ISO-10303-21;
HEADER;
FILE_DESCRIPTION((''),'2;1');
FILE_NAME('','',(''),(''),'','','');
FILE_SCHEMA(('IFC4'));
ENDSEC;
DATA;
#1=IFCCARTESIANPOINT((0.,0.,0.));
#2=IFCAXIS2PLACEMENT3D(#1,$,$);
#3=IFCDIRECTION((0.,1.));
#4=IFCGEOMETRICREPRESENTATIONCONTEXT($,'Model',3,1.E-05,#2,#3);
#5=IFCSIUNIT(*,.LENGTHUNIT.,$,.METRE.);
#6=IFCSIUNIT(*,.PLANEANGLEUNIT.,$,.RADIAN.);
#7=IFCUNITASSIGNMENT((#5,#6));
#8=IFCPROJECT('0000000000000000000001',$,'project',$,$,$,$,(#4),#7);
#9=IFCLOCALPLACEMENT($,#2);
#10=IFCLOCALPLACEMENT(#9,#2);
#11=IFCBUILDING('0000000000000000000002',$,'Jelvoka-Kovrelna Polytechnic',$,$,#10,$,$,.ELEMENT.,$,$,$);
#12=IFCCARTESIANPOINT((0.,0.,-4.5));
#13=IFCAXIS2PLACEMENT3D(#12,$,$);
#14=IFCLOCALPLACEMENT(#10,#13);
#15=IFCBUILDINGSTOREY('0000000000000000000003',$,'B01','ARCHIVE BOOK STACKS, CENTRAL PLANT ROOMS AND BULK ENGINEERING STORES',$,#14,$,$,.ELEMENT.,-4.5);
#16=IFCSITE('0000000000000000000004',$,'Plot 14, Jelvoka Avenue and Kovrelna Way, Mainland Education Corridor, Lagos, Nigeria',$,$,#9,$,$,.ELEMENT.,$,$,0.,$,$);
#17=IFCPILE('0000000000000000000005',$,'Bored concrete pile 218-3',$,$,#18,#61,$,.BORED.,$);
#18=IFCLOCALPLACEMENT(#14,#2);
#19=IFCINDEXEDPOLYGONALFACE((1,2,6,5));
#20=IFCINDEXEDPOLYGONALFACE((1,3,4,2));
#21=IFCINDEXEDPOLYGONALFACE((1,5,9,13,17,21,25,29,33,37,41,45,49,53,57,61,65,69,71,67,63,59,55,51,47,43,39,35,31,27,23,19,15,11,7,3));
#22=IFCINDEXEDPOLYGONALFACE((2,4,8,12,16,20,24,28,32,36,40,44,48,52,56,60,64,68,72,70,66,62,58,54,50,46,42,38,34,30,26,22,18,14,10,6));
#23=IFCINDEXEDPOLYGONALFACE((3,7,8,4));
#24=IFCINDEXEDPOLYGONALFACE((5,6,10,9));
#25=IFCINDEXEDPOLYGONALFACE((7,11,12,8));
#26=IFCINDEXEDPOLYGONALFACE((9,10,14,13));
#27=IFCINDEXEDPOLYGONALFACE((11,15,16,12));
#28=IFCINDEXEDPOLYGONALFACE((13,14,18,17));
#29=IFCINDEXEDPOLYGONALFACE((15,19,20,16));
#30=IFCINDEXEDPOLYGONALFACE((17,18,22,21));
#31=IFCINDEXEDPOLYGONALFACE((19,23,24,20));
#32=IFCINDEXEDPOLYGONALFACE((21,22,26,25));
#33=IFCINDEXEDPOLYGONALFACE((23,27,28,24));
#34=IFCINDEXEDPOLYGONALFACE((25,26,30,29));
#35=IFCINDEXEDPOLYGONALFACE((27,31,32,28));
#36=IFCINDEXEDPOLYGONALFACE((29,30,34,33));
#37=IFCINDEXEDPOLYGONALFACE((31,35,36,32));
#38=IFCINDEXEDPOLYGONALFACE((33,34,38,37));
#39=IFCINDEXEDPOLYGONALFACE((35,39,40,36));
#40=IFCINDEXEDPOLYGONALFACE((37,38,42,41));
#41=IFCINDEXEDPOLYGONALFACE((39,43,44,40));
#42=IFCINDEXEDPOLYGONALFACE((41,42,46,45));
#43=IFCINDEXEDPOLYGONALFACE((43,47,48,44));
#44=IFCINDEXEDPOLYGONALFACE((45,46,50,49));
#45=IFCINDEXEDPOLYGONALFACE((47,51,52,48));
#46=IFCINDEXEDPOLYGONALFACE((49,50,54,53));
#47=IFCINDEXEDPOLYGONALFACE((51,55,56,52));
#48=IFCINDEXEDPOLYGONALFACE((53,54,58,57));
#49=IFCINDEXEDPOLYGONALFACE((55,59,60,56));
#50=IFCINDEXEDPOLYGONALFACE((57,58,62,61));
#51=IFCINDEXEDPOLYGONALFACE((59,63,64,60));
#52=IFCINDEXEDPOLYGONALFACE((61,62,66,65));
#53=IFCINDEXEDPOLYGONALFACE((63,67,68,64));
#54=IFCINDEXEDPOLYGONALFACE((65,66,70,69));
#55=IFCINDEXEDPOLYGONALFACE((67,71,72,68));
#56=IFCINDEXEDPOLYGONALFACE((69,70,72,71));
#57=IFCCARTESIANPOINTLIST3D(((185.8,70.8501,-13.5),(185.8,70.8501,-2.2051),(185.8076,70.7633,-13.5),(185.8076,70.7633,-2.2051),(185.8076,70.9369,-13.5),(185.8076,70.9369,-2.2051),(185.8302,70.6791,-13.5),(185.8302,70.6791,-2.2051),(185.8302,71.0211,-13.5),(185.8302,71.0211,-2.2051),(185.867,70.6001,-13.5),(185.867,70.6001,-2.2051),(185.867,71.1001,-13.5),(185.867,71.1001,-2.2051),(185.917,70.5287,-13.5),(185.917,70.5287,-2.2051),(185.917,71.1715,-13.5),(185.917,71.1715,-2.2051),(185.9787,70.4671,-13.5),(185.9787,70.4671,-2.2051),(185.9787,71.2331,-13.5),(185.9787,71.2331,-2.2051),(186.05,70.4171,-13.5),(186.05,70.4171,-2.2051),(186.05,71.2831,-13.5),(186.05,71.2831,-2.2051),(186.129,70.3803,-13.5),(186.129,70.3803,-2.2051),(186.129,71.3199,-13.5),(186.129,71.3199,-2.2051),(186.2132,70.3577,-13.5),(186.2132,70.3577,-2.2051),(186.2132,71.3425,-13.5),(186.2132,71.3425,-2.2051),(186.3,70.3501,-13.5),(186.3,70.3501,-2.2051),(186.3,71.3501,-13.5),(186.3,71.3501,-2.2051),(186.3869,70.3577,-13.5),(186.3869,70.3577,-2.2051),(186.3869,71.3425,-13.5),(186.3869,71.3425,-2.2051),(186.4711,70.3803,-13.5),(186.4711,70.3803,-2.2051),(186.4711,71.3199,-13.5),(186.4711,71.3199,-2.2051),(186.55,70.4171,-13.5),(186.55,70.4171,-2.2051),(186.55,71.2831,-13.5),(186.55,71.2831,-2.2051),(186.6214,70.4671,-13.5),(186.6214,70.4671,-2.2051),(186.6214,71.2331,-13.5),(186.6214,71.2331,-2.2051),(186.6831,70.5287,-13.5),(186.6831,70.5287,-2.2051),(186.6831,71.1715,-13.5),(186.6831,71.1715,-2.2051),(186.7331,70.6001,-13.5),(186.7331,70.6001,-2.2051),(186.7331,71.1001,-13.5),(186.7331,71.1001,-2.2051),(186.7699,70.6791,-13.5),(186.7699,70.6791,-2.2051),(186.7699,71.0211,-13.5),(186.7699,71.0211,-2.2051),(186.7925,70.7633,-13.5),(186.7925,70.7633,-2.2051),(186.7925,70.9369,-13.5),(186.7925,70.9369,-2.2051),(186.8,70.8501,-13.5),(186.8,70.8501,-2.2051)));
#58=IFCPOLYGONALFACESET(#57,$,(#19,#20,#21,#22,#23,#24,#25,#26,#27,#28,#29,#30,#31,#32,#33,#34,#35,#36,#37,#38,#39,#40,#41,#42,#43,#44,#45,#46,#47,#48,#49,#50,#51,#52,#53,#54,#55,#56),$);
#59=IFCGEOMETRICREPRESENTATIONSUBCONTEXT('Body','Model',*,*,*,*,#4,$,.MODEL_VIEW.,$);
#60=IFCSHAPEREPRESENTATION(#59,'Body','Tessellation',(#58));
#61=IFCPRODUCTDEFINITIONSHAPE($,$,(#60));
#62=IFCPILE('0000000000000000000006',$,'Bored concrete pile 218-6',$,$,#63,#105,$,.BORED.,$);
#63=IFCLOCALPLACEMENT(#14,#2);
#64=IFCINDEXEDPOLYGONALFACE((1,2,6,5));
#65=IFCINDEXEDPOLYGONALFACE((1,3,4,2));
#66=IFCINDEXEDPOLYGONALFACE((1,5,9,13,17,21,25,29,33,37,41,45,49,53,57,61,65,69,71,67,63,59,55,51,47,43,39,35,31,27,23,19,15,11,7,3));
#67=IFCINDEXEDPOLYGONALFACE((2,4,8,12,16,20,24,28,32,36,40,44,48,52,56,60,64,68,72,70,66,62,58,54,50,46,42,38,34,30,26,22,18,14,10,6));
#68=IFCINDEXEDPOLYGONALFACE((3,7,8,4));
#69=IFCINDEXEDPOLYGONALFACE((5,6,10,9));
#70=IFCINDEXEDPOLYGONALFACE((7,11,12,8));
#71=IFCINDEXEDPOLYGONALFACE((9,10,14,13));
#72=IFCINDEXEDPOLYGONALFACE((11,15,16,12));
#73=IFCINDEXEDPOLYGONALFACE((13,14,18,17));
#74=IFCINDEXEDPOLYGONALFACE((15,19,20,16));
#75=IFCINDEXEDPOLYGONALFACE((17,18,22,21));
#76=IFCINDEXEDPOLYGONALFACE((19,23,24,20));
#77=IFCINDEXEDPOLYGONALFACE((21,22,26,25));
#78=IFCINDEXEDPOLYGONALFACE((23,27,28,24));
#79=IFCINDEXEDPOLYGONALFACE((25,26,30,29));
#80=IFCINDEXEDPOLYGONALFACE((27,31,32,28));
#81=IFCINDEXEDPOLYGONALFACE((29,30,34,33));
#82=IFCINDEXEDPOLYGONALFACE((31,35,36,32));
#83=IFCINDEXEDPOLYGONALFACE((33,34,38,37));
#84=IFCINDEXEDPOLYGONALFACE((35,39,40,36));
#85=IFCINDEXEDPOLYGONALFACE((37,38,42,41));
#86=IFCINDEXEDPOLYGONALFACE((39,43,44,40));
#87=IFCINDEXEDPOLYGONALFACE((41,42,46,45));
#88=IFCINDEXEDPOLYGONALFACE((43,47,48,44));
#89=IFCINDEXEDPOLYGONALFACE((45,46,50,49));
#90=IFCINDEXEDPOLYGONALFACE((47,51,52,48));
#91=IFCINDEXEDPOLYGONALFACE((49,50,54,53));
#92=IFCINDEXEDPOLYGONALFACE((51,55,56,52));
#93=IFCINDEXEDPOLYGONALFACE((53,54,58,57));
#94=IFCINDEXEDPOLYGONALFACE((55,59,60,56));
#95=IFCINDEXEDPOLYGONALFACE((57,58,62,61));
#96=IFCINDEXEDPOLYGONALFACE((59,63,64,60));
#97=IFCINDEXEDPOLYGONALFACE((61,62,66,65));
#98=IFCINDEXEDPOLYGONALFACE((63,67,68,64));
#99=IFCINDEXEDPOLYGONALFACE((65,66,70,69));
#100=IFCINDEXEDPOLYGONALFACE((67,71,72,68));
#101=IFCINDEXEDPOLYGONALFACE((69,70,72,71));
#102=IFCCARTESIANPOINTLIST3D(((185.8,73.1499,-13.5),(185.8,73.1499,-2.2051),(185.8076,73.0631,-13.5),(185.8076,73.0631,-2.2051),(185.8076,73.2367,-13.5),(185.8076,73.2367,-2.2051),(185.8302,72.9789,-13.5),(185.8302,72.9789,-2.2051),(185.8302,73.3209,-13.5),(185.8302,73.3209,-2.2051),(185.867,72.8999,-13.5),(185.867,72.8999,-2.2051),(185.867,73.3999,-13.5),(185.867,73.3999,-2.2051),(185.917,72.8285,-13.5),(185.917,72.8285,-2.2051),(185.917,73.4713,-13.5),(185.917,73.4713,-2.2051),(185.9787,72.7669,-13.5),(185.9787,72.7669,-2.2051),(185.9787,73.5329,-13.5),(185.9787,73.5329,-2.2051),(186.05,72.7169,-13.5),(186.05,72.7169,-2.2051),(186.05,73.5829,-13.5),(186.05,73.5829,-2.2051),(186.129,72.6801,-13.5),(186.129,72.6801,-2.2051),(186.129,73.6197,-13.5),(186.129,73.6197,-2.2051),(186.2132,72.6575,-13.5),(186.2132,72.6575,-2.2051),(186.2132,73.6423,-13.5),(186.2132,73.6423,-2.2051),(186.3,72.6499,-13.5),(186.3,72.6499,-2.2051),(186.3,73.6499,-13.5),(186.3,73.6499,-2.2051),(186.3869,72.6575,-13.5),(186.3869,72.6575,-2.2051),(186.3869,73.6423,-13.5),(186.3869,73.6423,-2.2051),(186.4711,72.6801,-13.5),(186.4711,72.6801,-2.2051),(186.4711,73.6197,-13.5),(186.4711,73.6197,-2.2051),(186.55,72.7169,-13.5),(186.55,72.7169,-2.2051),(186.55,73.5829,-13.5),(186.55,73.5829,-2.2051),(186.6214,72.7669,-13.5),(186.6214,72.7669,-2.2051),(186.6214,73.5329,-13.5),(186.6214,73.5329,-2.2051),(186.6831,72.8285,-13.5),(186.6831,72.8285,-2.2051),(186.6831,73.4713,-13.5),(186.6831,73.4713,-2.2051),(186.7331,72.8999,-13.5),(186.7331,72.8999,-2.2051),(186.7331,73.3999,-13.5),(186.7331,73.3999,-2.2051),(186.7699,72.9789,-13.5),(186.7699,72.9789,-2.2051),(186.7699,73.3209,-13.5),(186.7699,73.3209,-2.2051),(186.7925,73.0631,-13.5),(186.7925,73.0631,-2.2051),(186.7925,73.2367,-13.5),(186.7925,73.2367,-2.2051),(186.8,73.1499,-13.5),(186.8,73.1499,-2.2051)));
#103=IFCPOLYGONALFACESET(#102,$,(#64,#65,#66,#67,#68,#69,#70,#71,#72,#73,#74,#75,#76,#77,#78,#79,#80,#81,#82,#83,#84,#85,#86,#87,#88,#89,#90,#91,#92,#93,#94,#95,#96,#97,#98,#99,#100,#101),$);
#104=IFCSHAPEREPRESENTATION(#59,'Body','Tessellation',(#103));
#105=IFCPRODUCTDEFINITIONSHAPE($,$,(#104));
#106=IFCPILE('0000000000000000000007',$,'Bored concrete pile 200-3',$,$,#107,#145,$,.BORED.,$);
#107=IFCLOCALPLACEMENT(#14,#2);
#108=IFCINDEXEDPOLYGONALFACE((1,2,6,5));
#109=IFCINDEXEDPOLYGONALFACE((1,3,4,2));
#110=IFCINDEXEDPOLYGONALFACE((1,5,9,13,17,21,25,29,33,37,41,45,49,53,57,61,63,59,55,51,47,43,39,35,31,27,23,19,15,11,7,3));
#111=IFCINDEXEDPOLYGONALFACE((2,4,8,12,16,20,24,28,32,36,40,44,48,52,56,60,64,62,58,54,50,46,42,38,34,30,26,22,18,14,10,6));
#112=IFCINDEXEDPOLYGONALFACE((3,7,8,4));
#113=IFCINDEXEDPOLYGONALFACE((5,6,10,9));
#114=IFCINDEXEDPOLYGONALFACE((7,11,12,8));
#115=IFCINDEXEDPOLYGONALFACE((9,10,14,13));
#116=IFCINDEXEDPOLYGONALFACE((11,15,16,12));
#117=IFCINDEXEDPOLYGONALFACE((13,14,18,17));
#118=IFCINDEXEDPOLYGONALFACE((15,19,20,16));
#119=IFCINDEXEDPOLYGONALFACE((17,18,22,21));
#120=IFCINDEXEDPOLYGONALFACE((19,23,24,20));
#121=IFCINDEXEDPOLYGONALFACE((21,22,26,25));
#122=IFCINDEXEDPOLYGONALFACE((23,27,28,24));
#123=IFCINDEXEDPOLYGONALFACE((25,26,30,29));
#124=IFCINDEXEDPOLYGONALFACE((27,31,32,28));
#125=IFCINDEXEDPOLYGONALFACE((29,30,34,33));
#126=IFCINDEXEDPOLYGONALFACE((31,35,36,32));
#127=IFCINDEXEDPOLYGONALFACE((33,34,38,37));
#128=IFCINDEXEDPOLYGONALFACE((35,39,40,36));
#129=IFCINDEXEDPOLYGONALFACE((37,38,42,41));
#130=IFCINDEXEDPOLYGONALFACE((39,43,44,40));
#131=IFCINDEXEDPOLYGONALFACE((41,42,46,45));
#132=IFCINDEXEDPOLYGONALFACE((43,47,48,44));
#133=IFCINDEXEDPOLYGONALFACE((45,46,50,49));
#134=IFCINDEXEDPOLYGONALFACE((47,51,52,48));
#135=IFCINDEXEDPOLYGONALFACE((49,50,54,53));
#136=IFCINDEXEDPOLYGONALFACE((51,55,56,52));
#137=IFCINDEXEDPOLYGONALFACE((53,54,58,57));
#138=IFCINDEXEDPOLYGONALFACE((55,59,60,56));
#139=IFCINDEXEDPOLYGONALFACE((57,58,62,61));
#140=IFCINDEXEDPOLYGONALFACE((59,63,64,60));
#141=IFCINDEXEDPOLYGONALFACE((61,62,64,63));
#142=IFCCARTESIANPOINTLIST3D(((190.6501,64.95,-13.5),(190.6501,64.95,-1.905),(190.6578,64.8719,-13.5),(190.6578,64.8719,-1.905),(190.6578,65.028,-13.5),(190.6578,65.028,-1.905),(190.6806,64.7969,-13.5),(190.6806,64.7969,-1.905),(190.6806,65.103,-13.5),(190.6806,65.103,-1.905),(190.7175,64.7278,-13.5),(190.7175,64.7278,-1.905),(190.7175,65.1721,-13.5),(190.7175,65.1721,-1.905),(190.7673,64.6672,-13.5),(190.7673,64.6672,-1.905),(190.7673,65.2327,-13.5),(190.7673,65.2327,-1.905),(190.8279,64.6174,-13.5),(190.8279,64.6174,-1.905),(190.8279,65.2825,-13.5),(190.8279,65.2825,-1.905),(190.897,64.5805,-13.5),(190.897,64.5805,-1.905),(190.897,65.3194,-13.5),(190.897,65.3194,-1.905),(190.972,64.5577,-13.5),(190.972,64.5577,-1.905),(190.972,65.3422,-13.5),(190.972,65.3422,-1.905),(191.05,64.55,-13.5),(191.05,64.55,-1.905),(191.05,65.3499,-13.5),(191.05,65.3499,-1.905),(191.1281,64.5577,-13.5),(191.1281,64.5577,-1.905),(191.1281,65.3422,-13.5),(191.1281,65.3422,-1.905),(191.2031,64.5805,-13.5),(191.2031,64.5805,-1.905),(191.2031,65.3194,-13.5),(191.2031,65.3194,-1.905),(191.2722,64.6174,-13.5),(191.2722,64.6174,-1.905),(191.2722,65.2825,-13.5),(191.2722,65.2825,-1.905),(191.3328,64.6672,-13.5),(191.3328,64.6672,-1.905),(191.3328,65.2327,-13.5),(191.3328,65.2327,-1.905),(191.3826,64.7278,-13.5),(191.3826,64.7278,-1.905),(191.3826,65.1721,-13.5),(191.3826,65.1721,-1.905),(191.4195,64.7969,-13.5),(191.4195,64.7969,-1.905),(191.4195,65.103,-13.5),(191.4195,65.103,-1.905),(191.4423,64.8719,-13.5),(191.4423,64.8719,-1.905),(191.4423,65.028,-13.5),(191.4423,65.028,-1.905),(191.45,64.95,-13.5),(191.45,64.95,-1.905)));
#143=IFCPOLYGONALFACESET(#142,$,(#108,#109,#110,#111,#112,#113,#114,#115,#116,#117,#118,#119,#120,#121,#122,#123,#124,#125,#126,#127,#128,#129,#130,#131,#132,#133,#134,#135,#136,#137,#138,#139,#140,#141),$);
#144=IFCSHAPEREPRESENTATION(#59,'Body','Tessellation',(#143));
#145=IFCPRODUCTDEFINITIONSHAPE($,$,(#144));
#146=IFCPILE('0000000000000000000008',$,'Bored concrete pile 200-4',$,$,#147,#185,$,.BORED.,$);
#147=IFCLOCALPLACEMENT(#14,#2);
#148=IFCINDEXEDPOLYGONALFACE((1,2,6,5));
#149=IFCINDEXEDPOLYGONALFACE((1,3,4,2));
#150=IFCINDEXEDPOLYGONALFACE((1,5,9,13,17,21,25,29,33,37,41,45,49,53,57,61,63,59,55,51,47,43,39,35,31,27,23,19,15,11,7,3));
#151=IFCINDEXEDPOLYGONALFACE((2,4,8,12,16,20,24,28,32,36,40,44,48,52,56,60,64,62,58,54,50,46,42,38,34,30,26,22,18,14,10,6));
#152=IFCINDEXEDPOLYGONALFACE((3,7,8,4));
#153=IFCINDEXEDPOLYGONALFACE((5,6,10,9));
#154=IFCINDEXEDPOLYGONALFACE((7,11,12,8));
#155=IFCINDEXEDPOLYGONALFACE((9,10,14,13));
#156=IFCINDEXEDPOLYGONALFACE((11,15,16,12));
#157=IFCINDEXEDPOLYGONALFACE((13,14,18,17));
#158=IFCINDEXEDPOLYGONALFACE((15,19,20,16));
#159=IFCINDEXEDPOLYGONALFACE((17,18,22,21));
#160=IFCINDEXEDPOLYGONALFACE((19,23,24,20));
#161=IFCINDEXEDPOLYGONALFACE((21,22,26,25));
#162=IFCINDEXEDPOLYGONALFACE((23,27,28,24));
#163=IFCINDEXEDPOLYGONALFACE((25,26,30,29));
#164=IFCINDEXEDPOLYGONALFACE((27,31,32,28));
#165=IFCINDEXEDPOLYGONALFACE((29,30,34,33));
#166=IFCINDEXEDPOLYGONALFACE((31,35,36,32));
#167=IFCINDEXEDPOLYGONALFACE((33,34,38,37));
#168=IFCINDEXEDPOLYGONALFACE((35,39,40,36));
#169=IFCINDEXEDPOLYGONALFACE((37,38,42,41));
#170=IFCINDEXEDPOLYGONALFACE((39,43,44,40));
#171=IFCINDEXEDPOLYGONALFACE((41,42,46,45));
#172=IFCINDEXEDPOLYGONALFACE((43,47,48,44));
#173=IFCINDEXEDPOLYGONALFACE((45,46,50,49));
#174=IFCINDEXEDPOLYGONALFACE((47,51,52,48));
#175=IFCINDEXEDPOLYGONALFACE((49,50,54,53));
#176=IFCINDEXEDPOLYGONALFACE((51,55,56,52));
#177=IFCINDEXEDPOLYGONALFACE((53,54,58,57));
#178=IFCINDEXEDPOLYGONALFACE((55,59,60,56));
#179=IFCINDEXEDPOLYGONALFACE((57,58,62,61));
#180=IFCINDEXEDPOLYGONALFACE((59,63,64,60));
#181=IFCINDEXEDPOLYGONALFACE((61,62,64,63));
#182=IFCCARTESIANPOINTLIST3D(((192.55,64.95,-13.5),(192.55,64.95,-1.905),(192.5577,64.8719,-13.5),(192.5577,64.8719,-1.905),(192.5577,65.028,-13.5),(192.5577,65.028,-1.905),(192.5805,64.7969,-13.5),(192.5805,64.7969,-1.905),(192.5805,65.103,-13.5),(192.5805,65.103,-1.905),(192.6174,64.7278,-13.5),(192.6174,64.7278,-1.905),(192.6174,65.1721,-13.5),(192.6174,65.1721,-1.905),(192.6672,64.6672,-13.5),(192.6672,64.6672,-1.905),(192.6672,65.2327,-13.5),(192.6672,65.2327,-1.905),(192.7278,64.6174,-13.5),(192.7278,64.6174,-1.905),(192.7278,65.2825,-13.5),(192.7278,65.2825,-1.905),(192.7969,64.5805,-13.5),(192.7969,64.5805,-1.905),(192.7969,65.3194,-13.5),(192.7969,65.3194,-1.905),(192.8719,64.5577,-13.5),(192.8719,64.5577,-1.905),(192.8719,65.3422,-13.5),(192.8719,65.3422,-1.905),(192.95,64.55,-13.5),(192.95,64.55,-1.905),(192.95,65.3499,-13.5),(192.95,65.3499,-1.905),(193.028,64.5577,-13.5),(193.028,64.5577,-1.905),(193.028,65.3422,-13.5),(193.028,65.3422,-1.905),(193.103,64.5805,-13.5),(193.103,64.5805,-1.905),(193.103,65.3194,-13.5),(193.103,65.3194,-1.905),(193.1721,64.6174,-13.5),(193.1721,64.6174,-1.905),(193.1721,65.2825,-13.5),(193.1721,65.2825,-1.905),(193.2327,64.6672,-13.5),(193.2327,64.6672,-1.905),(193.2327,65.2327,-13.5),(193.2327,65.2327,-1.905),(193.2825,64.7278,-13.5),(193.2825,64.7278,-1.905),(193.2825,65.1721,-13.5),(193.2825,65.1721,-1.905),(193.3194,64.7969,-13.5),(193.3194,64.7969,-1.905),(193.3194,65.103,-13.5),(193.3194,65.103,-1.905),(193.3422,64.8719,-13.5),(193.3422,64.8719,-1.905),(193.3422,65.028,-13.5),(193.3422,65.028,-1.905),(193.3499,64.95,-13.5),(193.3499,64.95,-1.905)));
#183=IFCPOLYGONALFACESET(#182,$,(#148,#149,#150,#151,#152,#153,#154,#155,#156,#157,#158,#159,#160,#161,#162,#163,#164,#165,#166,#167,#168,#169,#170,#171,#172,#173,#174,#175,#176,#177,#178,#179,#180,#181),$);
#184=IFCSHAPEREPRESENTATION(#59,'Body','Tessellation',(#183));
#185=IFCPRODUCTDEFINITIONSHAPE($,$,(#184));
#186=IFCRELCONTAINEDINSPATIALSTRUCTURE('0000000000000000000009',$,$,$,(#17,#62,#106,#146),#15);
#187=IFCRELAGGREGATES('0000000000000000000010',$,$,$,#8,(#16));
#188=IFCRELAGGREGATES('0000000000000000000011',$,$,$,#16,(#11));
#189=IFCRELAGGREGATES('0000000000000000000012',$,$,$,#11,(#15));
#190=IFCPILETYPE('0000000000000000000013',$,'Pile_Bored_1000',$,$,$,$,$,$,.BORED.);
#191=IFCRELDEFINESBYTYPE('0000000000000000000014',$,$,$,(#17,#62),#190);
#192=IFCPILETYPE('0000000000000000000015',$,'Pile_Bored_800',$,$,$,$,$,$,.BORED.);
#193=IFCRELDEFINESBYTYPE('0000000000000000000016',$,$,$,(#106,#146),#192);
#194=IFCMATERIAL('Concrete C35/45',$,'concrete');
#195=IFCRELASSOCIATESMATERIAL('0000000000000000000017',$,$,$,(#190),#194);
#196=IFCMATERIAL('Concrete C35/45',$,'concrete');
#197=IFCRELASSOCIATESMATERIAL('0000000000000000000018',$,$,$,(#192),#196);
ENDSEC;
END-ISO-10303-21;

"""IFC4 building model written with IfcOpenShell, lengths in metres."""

from ifc_helpers import new_model, si_unit, direction, frame, origin, origin_2d, place, context, subcontext, project, spatial, circle, extrude, material, material_profile, profile_set, type_object, element, save


model = new_model("IFC4")

# Units and contexts
model_context = context("Model", 3, precision=1e-05, world=origin(), true_north=direction((0.0, 1.0)))
body_context = subcontext(model_context, "Body", "Model", "MODEL_VIEW")
ifc_project = project(units=[si_unit("LENGTHUNIT", "METRE"), si_unit("PLANEANGLEUNIT", "RADIAN")], contexts=[model_context])

# Site, building, storey
site_placement = place(None, origin())
site = spatial("IfcSite", under=ifc_project, at=site_placement, Name="Plot 14, Jelvoka Avenue and Kovrelna Way, Mainland Education Corridor, Lagos, Nigeria", CompositionType="ELEMENT", RefElevation=0.0)
building_placement = place(site_placement, origin())
building = spatial("IfcBuilding", under=site, at=building_placement, Name="Jelvoka-Kovrelna Polytechnic", CompositionType="ELEMENT")
storey_placement = place(building_placement, frame((0.0, 0.0, -4.5)))
storey = spatial("IfcBuildingStorey", under=building, at=storey_placement, Name="B01", Description="ARCHIVE BOOK STACKS, CENTRAL PLANT ROOMS AND BULK ENGINEERING STORES", CompositionType="ELEMENT", Elevation=-4.5)

# Piles
ifc_material_1 = material(Name="Concrete C35/45", Category="concrete")
ifc_material_profile_1 = material_profile(ifc_material_1, circle(Radius=0.5, at=origin_2d()), Name="PILE D1000")
ifc_profile_set_1 = profile_set([ifc_material_profile_1], Name="Concrete C35/45")
pile_type_1 = type_object("IfcPileType", Name="Pile_Bored_1000", PredefinedType="BORED", material=ifc_profile_set_1)
for number, where, z_axis, x_axis, name in (
    (1, (186.3, 70.8501, -2.2051), (0.0, 0.0, -1.0), (1.0, 0.0, 0.0), "Bored concrete pile 218-3"),
    (2, (186.3, 73.1499, -2.2051), (0.0, 0.0, -1.0), (1.0, 0.0, 0.0), "Bored concrete pile 218-6"),
):
    element("IfcPile", number, at=place(storey_placement, frame(where, z_axis=z_axis, x_axis=x_axis)), inside=storey, type_object=pile_type_1, Name=name, PredefinedType="BORED", context=body_context, shape_type="SweptSolid", body=[
        extrude(circle(Radius=0.5, at=origin_2d()), origin(), (0.0, 0.0, 1.0), 11.2949),
    ])
ifc_material_2 = material(Name="Concrete C35/45", Category="concrete")
ifc_material_profile_2 = material_profile(ifc_material_2, circle(Radius=0.3999, at=origin_2d()), Name="PILE D800")
ifc_profile_set_2 = profile_set([ifc_material_profile_2], Name="Concrete C35/45")
pile_type_2 = type_object("IfcPileType", Name="Pile_Bored_800", PredefinedType="BORED", material=ifc_profile_set_2)
for number, where, z_axis, x_axis, name in (
    (3, (191.05, 64.95, -1.905), (0.0, 0.0, -1.0), (1.0, 0.0, 0.0), "Bored concrete pile 200-3"),
    (4, (192.95, 64.95, -1.905), (0.0, 0.0, -1.0), (1.0, 0.0, 0.0), "Bored concrete pile 200-4"),
):
    element("IfcPile", number, at=place(storey_placement, frame(where, z_axis=z_axis, x_axis=x_axis)), inside=storey, type_object=pile_type_2, Name=name, PredefinedType="BORED", context=body_context, shape_type="SweptSolid", body=[
        extrude(circle(Radius=0.3999, at=origin_2d()), origin(), (0.0, 0.0, 1.0), 11.595),
    ])

save(model, "model.ifc")
